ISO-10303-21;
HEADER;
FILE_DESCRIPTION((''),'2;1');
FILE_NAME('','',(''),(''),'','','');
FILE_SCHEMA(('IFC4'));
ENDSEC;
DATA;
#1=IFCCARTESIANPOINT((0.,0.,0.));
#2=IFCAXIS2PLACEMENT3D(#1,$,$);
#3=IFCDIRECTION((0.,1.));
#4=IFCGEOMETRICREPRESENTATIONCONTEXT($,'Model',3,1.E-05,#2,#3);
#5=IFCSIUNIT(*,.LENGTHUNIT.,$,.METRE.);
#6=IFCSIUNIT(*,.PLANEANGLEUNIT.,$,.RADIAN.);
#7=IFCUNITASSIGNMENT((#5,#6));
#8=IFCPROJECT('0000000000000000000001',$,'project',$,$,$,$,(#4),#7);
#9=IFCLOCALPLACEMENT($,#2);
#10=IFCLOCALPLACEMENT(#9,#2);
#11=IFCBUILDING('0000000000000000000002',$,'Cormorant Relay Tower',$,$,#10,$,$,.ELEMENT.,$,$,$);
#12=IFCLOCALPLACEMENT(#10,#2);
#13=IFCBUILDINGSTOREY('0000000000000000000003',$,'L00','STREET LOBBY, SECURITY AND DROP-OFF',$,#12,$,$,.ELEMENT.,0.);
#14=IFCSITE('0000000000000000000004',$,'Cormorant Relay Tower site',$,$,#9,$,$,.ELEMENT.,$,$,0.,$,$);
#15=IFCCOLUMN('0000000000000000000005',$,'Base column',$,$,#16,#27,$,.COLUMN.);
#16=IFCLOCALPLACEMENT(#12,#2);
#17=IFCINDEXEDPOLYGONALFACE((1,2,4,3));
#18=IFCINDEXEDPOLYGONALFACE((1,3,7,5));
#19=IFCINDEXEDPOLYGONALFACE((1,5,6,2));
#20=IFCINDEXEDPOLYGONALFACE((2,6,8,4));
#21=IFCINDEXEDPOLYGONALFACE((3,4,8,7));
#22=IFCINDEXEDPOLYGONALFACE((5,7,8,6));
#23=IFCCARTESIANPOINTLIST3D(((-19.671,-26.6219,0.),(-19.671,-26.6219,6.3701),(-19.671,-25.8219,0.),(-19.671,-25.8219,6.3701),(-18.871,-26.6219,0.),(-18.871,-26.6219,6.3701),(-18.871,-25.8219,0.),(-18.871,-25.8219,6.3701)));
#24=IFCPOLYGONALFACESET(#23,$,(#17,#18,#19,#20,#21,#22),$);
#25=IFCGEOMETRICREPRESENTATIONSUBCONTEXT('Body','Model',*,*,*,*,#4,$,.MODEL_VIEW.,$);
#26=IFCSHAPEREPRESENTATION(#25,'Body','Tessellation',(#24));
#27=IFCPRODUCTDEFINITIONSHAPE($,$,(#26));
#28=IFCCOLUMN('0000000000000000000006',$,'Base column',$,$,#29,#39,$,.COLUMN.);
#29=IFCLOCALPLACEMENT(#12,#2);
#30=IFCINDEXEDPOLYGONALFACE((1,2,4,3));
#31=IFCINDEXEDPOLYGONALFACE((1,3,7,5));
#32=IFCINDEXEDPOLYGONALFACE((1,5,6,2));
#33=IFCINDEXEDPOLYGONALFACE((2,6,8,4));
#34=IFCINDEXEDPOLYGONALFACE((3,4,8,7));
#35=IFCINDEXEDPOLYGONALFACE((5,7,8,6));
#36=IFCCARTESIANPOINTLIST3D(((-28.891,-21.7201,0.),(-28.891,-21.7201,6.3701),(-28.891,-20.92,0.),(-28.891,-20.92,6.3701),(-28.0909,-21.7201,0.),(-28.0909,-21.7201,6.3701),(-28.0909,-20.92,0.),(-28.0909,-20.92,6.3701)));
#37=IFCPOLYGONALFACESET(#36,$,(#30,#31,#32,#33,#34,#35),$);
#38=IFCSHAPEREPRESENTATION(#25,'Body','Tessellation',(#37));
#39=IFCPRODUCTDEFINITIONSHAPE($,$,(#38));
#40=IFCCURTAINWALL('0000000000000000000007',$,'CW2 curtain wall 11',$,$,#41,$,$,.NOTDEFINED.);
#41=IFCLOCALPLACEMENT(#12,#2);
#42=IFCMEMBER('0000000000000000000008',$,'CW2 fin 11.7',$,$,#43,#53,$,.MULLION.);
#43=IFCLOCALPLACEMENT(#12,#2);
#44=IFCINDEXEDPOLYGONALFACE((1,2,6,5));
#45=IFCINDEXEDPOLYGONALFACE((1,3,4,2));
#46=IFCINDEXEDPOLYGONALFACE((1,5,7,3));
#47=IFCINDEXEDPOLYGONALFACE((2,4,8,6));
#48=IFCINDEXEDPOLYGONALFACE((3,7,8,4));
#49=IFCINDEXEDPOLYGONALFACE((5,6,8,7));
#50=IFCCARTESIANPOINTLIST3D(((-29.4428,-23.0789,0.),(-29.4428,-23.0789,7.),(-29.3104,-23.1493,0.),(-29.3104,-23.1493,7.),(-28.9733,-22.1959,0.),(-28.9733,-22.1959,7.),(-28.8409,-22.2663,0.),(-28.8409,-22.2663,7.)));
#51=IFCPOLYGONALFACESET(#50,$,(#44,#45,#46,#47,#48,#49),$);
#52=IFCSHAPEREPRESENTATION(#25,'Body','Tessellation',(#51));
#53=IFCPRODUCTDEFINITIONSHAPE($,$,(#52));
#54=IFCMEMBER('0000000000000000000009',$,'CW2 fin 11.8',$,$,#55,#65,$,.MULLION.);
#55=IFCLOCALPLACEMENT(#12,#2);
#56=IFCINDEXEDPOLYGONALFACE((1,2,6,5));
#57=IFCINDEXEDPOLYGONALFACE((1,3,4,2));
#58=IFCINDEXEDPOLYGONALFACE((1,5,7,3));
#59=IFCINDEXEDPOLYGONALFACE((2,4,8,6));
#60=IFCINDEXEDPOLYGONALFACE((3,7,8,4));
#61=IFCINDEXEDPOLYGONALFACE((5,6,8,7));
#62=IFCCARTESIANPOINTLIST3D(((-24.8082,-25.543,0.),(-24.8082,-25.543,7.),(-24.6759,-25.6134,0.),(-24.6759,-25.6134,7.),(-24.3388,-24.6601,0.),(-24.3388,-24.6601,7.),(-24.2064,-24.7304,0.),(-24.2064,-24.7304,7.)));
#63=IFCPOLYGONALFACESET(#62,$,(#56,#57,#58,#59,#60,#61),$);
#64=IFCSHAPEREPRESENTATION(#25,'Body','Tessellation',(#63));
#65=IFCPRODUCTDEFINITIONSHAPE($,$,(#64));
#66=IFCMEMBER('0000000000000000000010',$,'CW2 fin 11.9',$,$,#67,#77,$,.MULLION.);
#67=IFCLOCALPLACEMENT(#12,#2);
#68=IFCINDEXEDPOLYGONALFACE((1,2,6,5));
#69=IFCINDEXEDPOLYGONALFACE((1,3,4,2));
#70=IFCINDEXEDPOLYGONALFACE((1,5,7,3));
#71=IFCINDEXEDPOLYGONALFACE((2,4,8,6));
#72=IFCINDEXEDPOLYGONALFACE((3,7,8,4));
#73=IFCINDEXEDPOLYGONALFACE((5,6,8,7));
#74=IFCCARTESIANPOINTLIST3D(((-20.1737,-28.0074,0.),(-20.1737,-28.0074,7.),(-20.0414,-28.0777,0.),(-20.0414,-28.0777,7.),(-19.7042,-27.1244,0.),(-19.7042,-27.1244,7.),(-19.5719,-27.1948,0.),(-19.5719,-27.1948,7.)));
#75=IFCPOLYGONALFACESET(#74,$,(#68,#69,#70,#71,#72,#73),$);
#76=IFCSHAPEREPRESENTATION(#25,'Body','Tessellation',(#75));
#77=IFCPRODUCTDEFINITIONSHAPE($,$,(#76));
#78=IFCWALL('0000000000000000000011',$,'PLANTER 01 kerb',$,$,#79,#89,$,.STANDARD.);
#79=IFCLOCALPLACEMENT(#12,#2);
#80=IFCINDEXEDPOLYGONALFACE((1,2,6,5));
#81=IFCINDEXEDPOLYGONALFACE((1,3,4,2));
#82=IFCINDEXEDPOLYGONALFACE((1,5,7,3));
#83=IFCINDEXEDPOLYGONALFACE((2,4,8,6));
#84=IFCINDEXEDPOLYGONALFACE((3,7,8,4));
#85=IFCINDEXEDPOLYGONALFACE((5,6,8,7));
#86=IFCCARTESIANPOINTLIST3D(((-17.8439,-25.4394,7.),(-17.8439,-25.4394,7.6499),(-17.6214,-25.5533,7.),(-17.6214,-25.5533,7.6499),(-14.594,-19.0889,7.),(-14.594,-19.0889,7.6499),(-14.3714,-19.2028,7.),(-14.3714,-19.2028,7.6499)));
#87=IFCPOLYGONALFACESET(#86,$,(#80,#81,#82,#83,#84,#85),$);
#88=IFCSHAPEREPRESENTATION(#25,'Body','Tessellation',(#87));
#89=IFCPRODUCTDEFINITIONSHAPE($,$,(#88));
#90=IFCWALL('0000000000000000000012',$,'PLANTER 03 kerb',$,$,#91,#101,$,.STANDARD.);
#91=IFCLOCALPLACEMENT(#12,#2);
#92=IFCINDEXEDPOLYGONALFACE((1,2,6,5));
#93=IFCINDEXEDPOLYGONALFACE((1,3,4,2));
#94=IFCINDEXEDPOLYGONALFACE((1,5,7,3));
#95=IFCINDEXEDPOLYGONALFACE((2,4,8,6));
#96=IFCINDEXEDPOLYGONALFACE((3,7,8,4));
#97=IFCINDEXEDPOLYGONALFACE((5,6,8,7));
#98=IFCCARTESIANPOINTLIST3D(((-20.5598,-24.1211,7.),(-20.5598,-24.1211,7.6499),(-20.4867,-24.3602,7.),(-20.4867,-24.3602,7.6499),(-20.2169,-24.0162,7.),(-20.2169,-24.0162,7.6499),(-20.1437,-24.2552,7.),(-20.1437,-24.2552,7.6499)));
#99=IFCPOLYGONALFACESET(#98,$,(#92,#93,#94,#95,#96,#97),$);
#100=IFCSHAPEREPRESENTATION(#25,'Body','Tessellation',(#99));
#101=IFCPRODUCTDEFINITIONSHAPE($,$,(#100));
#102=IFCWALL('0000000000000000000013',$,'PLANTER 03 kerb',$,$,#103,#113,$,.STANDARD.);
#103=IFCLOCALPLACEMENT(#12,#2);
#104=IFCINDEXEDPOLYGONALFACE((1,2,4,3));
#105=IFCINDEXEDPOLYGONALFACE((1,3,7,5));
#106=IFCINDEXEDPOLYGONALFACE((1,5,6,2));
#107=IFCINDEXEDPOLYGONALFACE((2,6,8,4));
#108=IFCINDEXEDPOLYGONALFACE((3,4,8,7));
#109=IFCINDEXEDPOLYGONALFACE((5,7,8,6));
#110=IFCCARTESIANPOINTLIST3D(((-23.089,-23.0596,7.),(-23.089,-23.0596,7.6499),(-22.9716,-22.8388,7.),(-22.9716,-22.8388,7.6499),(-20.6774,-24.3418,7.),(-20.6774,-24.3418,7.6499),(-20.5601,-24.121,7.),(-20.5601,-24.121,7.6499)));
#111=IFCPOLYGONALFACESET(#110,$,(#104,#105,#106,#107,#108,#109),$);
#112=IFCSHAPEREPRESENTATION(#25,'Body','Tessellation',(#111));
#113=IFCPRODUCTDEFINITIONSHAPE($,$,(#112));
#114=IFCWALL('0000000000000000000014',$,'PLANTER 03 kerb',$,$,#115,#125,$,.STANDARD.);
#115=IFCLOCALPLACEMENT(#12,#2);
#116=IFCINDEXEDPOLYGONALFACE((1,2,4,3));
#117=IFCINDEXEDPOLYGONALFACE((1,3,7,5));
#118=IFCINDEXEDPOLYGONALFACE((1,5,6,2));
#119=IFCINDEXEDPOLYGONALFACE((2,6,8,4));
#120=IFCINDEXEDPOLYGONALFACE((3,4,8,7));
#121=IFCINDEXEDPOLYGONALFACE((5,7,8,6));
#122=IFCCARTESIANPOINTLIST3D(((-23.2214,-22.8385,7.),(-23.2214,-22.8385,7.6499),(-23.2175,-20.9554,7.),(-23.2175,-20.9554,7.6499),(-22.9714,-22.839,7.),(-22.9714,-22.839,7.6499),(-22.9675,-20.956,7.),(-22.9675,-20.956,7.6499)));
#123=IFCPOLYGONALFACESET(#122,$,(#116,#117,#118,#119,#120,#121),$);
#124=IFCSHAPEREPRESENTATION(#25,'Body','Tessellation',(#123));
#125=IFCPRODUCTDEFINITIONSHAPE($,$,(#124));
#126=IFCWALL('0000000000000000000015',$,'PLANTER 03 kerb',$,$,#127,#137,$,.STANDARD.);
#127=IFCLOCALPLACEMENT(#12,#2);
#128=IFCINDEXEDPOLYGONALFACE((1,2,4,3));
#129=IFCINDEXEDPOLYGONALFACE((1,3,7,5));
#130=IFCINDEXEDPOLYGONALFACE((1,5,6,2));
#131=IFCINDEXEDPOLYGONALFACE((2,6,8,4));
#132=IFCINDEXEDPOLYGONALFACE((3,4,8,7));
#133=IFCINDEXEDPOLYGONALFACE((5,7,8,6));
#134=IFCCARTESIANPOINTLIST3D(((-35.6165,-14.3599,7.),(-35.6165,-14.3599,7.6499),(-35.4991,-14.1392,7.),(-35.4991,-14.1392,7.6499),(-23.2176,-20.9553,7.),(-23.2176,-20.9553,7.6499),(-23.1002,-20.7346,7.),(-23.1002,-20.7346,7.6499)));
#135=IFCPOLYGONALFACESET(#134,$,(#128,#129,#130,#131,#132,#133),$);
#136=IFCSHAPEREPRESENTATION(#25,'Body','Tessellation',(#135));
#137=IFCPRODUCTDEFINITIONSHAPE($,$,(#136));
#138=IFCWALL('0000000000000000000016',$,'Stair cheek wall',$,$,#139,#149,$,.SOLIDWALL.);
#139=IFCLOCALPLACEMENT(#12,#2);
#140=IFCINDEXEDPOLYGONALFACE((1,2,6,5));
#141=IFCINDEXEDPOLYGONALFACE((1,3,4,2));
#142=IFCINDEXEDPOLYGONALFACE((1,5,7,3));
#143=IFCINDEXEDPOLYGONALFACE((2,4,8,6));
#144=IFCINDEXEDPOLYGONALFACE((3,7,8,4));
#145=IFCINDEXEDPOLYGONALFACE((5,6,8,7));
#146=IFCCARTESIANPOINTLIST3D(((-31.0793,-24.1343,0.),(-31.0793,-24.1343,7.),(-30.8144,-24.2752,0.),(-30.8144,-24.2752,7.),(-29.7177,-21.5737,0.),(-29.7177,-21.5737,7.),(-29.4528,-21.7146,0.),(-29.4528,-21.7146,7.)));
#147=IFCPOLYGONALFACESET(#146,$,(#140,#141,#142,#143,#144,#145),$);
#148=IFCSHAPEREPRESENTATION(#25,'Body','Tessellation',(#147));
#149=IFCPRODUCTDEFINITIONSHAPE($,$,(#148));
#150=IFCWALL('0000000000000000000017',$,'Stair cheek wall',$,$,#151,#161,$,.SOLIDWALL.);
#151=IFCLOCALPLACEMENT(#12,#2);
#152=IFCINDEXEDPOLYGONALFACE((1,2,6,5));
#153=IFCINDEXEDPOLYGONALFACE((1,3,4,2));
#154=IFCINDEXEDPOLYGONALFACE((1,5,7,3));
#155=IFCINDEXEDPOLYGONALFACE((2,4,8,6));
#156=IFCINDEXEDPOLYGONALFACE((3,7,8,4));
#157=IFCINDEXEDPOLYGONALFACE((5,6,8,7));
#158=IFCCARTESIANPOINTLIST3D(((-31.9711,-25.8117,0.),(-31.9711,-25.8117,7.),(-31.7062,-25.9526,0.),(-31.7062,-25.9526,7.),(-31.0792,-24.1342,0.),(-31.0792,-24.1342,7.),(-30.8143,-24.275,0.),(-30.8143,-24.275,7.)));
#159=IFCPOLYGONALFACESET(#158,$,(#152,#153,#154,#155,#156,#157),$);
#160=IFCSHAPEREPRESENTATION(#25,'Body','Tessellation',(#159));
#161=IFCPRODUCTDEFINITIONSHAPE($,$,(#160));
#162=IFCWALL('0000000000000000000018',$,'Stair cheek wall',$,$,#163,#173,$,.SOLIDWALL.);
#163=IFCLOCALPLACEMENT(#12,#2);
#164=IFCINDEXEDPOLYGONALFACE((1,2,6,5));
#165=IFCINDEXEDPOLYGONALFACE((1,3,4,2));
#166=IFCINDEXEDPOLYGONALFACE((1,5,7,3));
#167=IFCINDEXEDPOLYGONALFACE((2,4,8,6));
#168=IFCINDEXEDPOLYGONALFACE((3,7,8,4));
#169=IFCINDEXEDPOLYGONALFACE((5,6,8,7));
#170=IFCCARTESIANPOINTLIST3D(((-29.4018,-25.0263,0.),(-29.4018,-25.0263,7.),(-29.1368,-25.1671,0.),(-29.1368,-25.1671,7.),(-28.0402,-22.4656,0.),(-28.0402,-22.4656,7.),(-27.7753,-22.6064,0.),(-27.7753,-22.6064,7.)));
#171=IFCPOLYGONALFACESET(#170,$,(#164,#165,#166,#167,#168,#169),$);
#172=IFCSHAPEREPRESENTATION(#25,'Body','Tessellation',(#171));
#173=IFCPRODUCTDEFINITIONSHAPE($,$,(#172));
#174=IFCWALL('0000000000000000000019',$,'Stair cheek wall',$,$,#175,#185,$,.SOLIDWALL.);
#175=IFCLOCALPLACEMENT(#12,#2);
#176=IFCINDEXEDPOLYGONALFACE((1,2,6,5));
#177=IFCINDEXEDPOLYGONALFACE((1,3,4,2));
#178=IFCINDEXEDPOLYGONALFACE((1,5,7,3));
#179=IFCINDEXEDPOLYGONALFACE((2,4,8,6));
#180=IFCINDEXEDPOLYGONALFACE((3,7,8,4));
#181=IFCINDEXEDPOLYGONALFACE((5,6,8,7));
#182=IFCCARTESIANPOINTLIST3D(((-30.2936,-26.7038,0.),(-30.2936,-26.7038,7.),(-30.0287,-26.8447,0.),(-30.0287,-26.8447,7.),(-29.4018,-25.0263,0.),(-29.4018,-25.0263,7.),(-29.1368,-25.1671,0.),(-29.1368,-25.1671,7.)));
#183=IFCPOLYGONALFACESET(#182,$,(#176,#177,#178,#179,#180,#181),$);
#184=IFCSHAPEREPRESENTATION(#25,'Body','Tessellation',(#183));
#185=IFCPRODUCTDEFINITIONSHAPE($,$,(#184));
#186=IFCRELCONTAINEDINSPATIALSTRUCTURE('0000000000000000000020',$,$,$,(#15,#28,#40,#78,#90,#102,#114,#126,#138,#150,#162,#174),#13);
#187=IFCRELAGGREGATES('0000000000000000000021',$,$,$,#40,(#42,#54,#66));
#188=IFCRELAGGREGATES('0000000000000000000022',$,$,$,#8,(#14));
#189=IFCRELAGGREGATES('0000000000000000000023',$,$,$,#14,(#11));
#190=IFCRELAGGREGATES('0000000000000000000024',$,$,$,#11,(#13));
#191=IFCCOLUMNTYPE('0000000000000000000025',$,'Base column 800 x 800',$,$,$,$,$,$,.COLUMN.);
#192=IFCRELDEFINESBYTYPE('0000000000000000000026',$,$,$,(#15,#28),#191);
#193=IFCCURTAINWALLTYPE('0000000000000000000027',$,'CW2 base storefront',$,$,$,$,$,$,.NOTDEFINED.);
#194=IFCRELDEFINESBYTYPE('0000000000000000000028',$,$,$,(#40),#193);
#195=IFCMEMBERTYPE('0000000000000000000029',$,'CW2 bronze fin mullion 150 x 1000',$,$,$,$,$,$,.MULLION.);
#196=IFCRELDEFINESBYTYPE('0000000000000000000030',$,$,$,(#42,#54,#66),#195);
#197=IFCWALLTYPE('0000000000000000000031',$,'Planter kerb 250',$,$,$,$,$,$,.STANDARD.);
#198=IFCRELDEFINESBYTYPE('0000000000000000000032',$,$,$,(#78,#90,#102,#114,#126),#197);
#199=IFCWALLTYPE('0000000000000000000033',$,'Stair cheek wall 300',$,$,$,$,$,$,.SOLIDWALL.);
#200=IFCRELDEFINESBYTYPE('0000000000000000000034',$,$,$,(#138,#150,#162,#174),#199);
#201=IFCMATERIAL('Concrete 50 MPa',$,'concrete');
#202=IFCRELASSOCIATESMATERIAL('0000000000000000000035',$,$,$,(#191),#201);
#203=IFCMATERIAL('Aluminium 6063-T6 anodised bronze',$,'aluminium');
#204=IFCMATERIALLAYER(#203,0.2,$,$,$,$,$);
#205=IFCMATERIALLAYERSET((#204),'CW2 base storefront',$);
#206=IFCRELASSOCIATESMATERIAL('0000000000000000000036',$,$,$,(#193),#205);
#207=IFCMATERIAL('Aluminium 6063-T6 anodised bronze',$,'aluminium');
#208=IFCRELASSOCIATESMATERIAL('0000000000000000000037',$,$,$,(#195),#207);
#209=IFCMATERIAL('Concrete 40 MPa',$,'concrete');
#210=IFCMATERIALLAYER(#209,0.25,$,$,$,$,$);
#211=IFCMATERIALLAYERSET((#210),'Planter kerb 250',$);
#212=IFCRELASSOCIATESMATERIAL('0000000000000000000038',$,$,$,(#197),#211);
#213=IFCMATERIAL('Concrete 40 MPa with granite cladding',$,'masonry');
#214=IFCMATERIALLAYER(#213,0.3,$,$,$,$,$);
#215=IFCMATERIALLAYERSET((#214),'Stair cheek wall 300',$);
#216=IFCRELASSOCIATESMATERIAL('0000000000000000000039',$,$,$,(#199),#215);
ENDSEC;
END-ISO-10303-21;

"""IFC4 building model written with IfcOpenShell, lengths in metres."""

from ifc_helpers import new_model, si_unit, direction, frame, frame_2d, origin, origin_2d, place, context, subcontext, project, spatial, rectangle, extrude, material, layer, layer_set, material_profile, profile_set, type_object, element, aggregate, save


model = new_model("IFC4")

# Units and contexts
model_context = context("Model", 3, precision=1e-05, world=origin(), true_north=direction((0.0, 1.0)))
body_context = subcontext(model_context, "Body", "Model", "MODEL_VIEW")
ifc_project = project(units=[si_unit("LENGTHUNIT", "METRE"), si_unit("PLANEANGLEUNIT", "RADIAN")], contexts=[model_context])

# Site, building, storey
site_placement = place(None, origin())
site = spatial("IfcSite", under=ifc_project, at=site_placement, Name="Cormorant Relay Tower site", CompositionType="ELEMENT", RefElevation=0.0)
building_placement = place(site_placement, origin())
building = spatial("IfcBuilding", under=site, at=building_placement, Name="Cormorant Relay Tower", CompositionType="ELEMENT")
storey_placement = place(building_placement, origin())
storey = spatial("IfcBuildingStorey", under=building, at=storey_placement, Name="L00", Description="STREET LOBBY, SECURITY AND DROP-OFF", CompositionType="ELEMENT", Elevation=0.0)

# Columns
ifc_material_1 = material(Name="Concrete 50 MPa", Category="concrete")
ifc_material_profile_1 = material_profile(ifc_material_1, rectangle(XDim=0.8, YDim=0.8, at=origin_2d()), Name="RC 800x800")
ifc_profile_set_1 = profile_set([ifc_material_profile_1], Name="Concrete 50 MPa")
column_type = type_object("IfcColumnType", Name="Base column 800 x 800", PredefinedType="COLUMN", material=ifc_profile_set_1)
for number, where, z_axis, x_axis, name in (
    (1, (-19.271, -26.2219, 0.0), (0.0, 0.0, 1.0), (1.0, 0.0, 0.0), "Base column"),
    (2, (-28.491, -21.3201, 0.0), (0.0, 0.0, 1.0), (1.0, 0.0, 0.0), "Base column"),
):
    element("IfcColumn", number, at=place(storey_placement, frame(where, z_axis=z_axis, x_axis=x_axis)), inside=storey, type_object=column_type, Name=name, PredefinedType="COLUMN", context=body_context, shape_type="SweptSolid", body=[
        extrude(rectangle(XDim=0.8, YDim=0.8, at=origin_2d()), origin(), (0.0, 0.0, 1.0), 6.3701),
    ])

# Curtain wall, members
ifc_material_2 = material(Name="Aluminium 6063-T6 anodised bronze", Category="aluminium")
ifc_layer_1 = layer(ifc_material_2, 0.2)
ifc_layer_set_1 = layer_set([ifc_layer_1], Name="CW2 base storefront")
curtain_wall_type = type_object("IfcCurtainWallType", Name="CW2 base storefront", PredefinedType="NOTDEFINED", material=ifc_layer_set_1)
curtain_wall_placement = place(storey_placement, origin())
curtain_wall = element("IfcCurtainWall", 3, at=curtain_wall_placement, inside=storey, type_object=curtain_wall_type, Name="CW2 curtain wall 11", PredefinedType="NOTDEFINED")
ifc_material_3 = material(Name="Aluminium 6063-T6 anodised bronze", Category="aluminium")
ifc_material_profile_2 = material_profile(ifc_material_3, rectangle(XDim=0.1499, YDim=1.0, at=origin_2d()), Name="AL 150x1000")
ifc_profile_set_2 = profile_set([ifc_material_profile_2], Name="Aluminium 6063-T6 anodised bronze")
member_type = type_object("IfcMemberType", Name="CW2 bronze fin mullion 150 x 1000", PredefinedType="MULLION", material=ifc_profile_set_2)
member_1_placement = place(storey_placement, frame((-29.1418, -22.6726, 0.0), z_axis=(0.0, 0.0, 1.0), x_axis=(0.882948, -0.469472, 0.0)))
member_1 = element("IfcMember", 4, at=member_1_placement, type_object=member_type, Name="CW2 fin 11.7", PredefinedType="MULLION", context=body_context, shape_type="SweptSolid", body=[
    extrude(rectangle(XDim=0.1499, YDim=1.0, at=origin_2d()), origin(), (0.0, 0.0, 1.0), 7.0),
])
member_2_placement = place(storey_placement, frame((-24.5073, -25.1367, 0.0), z_axis=(0.0, 0.0, 1.0), x_axis=(0.882948, -0.469472, 0.0)))
member_2 = element("IfcMember", 5, at=member_2_placement, type_object=member_type, Name="CW2 fin 11.8", PredefinedType="MULLION", context=body_context, shape_type="SweptSolid", body=[
    extrude(rectangle(XDim=0.1499, YDim=1.0, at=origin_2d()), origin(), (0.0, 0.0, 1.0), 7.0),
])
member_3_placement = place(storey_placement, frame((-19.8728, -27.6011, 0.0), z_axis=(0.0, 0.0, 1.0), x_axis=(0.882948, -0.469472, 0.0)))
member_3 = element("IfcMember", 6, at=member_3_placement, type_object=member_type, Name="CW2 fin 11.9", PredefinedType="MULLION", context=body_context, shape_type="SweptSolid", body=[
    extrude(rectangle(XDim=0.1499, YDim=1.0, at=origin_2d()), origin(), (0.0, 0.0, 1.0), 7.0),
])
aggregate(curtain_wall, [member_1, member_2, member_3])

# Walls
ifc_material_4 = material(Name="Concrete 40 MPa", Category="concrete")
ifc_layer_2 = layer(ifc_material_4, 0.25)
ifc_layer_set_2 = layer_set([ifc_layer_2], Name="Planter kerb 250")
wall_type_1 = type_object("IfcWallType", Name="Planter kerb 250", PredefinedType="STANDARD", material=ifc_layer_set_2)
wall_1_placement = place(storey_placement, frame((-17.7327, -25.4963, 7.0), z_axis=(0.0, 0.0, 1.0), x_axis=(0.455572, 0.890199, 0.0)))
element("IfcWall", 7, at=wall_1_placement, inside=storey, type_object=wall_type_1, Name="PLANTER 01 kerb", PredefinedType="STANDARD", context=body_context, shape_type="SweptSolid", body=[
    extrude(rectangle(XDim=7.1338, YDim=0.25, at=frame_2d((3.5669, 0.0))), origin(), (0.0, 0.0, 1.0), 0.6499),
])
wall_2_placement = place(storey_placement, frame((-20.1804, -24.1357, 7.0), z_axis=(0.0, 0.0, 1.0), x_axis=(-0.956219, -0.292651, 0.0)))
element("IfcWall", 8, at=wall_2_placement, inside=storey, type_object=wall_type_1, Name="PLANTER 03 kerb", PredefinedType="STANDARD", context=body_context, shape_type="SweptSolid", body=[
    extrude(rectangle(XDim=0.3586, YDim=0.25, at=frame_2d((0.1792, 0.0))), origin(), (0.0, 0.0, 1.0), 0.6499),
])
wall_3_placement = place(storey_placement, frame((-20.6187, -24.2314, 7.0), z_axis=(0.0, 0.0, 1.0), x_axis=(-0.882956, 0.469456, 0.0)))
element("IfcWall", 9, at=wall_3_placement, inside=storey, type_object=wall_type_1, Name="PLANTER 03 kerb", PredefinedType="STANDARD", context=body_context, shape_type="SweptSolid", body=[
    extrude(rectangle(XDim=2.7312, YDim=0.25, at=frame_2d((1.3657, 0.0))), origin(), (0.0, 0.0, 1.0), 0.6499),
])
wall_4_placement = place(storey_placement, frame((-23.0964, -22.8386, 7.0), z_axis=(0.0, 0.0, 1.0), x_axis=(0.002074, 0.999998, 0.0)))
element("IfcWall", 10, at=wall_4_placement, inside=storey, type_object=wall_type_1, Name="PLANTER 03 kerb", PredefinedType="STANDARD", context=body_context, shape_type="SweptSolid", body=[
    extrude(rectangle(XDim=1.8831, YDim=0.25, at=frame_2d((0.9414, 0.0))), origin(), (0.0, 0.0, 1.0), 0.6499),
])
wall_5_placement = place(storey_placement, frame((-23.1589, -20.845, 7.0), z_axis=(0.0, 0.0, 1.0), x_axis=(-0.882864, 0.469629, 0.0)))
element("IfcWall", 11, at=wall_5_placement, inside=storey, type_object=wall_type_1, Name="PLANTER 03 kerb", PredefinedType="STANDARD", context=body_context, shape_type="SweptSolid", body=[
    extrude(rectangle(XDim=14.0439, YDim=0.25, at=frame_2d((7.022, 0.0))), origin(), (0.0, 0.0, 1.0), 0.6499),
])
ifc_material_5 = material(Name="Concrete 40 MPa with granite cladding", Category="masonry")
ifc_layer_3 = layer(ifc_material_5, 0.3)
ifc_layer_set_3 = layer_set([ifc_layer_3], Name="Stair cheek wall 300")
wall_type_2 = type_object("IfcWallType", Name="Stair cheek wall 300", PredefinedType="SOLIDWALL", material=ifc_layer_set_3)
wall_6_placement = place(storey_placement, frame((-29.5852, -21.644, 0.0), z_axis=(0.0, 0.0, 1.0), x_axis=(-0.4695, -0.882933, 0.0)))
element("IfcWall", 12, at=wall_6_placement, inside=storey, type_object=wall_type_2, Name="Stair cheek wall", PredefinedType="SOLIDWALL", context=body_context, shape_type="SweptSolid", body=[
    extrude(rectangle(XDim=2.9001, YDim=0.3, at=frame_2d((1.4502, 0.0))), origin(), (0.0, 0.0, 1.0), 7.0),
])
wall_7_placement = place(storey_placement, frame((-30.9468, -24.2046, 0.0), z_axis=(0.0, 0.0, 1.0), x_axis=(-0.469434, -0.882968, 0.0)))
element("IfcWall", 13, at=wall_7_placement, inside=storey, type_object=wall_type_2, Name="Stair cheek wall", PredefinedType="SOLIDWALL", context=body_context, shape_type="SweptSolid", body=[
    extrude(rectangle(XDim=1.8999, YDim=0.3, at=frame_2d((0.95, 0.0))), origin(), (0.0, 0.0, 1.0), 7.0),
])
wall_8_placement = place(storey_placement, frame((-27.9077, -22.5359, 0.0), z_axis=(0.0, 0.0, 1.0), x_axis=(-0.469465, -0.882951, 0.0)))
element("IfcWall", 14, at=wall_8_placement, inside=storey, type_object=wall_type_2, Name="Stair cheek wall", PredefinedType="SOLIDWALL", context=body_context, shape_type="SweptSolid", body=[
    extrude(rectangle(XDim=2.9001, YDim=0.3, at=frame_2d((1.4502, 0.0))), origin(), (0.0, 0.0, 1.0), 7.0),
])
wall_9_placement = place(storey_placement, frame((-29.2693, -25.0967, 0.0), z_axis=(0.0, 0.0, 1.0), x_axis=(-0.469434, -0.882968, 0.0)))
element("IfcWall", 15, at=wall_9_placement, inside=storey, type_object=wall_type_2, Name="Stair cheek wall", PredefinedType="SOLIDWALL", context=body_context, shape_type="SweptSolid", body=[
    extrude(rectangle(XDim=1.8999, YDim=0.3, at=frame_2d((0.95, 0.0))), origin(), (0.0, 0.0, 1.0), 7.0),
])

save(model, "model.ifc")
